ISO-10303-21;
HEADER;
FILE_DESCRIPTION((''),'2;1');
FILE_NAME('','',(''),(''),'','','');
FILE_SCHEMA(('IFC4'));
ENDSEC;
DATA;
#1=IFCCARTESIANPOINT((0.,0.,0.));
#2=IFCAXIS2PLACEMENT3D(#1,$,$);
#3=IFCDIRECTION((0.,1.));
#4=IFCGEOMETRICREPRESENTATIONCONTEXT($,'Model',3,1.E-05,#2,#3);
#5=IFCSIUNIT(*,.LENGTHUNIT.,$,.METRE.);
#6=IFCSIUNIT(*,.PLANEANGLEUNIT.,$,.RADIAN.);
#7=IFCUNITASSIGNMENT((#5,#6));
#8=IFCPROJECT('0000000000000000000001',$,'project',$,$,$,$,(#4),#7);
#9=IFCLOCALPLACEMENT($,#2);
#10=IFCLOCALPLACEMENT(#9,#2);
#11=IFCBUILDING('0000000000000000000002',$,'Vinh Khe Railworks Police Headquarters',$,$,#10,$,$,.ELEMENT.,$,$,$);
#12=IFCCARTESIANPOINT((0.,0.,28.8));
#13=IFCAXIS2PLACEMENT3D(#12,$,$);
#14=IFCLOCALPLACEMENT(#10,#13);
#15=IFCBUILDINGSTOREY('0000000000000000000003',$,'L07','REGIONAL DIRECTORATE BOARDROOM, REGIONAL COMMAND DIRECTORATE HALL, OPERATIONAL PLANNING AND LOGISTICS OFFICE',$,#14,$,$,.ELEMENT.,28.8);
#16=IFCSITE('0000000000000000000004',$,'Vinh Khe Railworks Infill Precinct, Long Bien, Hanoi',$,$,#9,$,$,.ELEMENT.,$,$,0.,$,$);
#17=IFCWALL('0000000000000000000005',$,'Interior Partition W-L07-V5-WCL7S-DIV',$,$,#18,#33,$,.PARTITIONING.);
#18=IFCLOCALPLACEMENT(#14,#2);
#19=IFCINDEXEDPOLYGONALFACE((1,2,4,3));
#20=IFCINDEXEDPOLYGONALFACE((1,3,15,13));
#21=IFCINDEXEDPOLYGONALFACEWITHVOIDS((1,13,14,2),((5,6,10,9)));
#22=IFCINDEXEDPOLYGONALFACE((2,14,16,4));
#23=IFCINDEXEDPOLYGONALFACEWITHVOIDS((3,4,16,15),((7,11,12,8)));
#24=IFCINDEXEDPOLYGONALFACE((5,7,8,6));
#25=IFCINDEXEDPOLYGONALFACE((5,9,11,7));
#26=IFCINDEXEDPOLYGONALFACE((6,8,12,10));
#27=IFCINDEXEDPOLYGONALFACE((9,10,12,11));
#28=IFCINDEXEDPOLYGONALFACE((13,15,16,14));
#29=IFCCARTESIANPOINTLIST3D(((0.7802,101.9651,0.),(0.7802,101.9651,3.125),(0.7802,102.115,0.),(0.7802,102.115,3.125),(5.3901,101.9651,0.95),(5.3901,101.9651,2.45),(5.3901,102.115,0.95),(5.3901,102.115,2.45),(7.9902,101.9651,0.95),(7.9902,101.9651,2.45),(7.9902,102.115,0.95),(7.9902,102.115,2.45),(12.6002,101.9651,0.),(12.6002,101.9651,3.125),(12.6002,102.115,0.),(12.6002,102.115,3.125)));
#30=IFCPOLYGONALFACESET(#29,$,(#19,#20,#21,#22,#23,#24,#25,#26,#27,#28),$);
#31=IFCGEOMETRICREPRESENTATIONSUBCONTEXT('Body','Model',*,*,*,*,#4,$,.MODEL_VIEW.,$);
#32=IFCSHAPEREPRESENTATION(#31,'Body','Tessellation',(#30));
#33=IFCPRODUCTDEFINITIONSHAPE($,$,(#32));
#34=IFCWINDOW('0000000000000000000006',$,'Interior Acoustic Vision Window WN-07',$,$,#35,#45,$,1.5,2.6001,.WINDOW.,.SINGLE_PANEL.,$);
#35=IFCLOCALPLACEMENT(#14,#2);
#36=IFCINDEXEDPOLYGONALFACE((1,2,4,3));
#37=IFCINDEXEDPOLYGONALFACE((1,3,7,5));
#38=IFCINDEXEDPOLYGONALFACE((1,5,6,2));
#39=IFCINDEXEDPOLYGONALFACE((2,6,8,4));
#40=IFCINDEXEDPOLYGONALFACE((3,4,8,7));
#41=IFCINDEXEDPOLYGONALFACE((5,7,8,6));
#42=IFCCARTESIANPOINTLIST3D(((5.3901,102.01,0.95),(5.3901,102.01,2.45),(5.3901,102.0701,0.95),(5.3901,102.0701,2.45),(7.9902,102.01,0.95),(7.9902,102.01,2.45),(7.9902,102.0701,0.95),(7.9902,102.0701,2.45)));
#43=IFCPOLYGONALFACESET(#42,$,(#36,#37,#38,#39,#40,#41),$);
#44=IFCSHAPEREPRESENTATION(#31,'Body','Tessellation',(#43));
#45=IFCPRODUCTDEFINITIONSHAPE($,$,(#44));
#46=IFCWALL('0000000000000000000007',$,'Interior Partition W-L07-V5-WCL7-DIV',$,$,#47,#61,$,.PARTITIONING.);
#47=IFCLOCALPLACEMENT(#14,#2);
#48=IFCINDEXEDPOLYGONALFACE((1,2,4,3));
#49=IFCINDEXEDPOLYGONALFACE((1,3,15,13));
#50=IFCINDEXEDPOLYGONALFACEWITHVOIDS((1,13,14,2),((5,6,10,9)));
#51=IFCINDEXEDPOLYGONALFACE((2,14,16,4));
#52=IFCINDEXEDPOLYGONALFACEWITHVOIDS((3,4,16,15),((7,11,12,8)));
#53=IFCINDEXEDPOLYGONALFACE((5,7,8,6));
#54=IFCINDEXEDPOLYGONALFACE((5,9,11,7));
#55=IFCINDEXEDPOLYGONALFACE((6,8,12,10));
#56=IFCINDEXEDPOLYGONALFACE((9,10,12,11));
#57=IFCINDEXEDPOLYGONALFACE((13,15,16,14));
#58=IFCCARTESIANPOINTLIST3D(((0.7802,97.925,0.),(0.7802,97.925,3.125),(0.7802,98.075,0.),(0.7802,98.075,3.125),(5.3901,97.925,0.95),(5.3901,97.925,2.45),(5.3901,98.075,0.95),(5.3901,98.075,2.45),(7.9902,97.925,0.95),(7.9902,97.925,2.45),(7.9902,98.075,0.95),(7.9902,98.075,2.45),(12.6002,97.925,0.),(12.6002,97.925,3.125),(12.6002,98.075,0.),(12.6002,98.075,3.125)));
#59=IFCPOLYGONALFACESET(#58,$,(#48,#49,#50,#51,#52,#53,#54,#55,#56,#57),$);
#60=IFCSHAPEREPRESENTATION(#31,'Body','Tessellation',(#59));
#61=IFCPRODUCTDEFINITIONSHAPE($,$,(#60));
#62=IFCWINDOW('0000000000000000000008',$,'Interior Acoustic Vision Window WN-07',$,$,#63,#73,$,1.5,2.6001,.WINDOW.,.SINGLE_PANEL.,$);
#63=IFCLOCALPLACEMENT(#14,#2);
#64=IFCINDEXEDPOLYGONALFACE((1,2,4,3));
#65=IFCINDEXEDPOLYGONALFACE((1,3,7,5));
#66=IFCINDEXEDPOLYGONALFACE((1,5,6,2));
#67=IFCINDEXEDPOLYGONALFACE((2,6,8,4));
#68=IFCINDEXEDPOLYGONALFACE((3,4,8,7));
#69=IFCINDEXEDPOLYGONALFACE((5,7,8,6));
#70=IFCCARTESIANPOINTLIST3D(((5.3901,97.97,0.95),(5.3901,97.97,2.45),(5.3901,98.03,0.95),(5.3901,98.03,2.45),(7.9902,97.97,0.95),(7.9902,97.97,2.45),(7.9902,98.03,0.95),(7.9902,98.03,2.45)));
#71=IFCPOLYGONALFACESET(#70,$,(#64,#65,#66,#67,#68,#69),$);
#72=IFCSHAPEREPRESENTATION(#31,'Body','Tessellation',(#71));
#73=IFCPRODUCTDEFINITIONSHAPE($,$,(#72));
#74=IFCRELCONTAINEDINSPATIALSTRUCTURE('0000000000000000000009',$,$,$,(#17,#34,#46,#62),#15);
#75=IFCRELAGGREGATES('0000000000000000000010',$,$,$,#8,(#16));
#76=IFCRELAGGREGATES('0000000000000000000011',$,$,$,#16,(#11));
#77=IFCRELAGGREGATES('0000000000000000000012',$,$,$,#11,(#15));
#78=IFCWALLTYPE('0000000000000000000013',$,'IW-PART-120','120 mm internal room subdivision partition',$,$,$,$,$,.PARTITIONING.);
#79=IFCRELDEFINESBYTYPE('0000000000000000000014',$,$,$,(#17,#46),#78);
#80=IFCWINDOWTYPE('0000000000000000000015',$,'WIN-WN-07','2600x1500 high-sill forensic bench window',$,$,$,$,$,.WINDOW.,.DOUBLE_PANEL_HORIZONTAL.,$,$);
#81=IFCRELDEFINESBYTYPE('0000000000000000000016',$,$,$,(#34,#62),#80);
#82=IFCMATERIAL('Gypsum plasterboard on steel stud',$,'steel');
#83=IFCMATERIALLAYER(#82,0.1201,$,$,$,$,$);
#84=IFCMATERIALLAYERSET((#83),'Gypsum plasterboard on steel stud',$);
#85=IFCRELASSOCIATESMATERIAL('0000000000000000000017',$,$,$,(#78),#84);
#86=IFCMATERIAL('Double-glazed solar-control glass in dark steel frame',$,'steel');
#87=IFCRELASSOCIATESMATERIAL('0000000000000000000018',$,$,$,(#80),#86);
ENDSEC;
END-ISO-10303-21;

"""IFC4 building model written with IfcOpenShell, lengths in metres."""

from ifc_helpers import new_model, si_unit, direction, frame, frame_2d, origin, place, context, subcontext, project, spatial, rectangle, extrude, material, layer, layer_set, type_object, element, fill, save


model = new_model("IFC4")

# Units and contexts
model_context = context("Model", 3, precision=1e-05, world=origin(), true_north=direction((0.0, 1.0)))
body_context = subcontext(model_context, "Body", "Model", "MODEL_VIEW")
ifc_project = project(units=[si_unit("LENGTHUNIT", "METRE"), si_unit("PLANEANGLEUNIT", "RADIAN")], contexts=[model_context])

# Site, building, storey
site_placement = place(None, origin())
site = spatial("IfcSite", under=ifc_project, at=site_placement, Name="Vinh Khe Railworks Infill Precinct, Long Bien, Hanoi", CompositionType="ELEMENT", RefElevation=0.0)
building_placement = place(site_placement, origin())
building = spatial("IfcBuilding", under=site, at=building_placement, Name="Vinh Khe Railworks Police Headquarters", CompositionType="ELEMENT")
storey_placement = place(building_placement, frame((0.0, 0.0, 28.8)))
storey = spatial("IfcBuildingStorey", under=building, at=storey_placement, Name="L07", Description="REGIONAL DIRECTORATE BOARDROOM, REGIONAL COMMAND DIRECTORATE HALL, OPERATIONAL PLANNING AND LOGISTICS OFFICE", CompositionType="ELEMENT", Elevation=28.8)

# Walls, openings, windows
ifc_material_1 = material(Name="Gypsum plasterboard on steel stud", Category="steel")
ifc_layer_1 = layer(ifc_material_1, 0.1201)
ifc_layer_set_1 = layer_set([ifc_layer_1], Name="Gypsum plasterboard on steel stud")
wall_type_1 = type_object("IfcWallType", Name="IW-PART-120", Description="120 mm internal room subdivision partition", PredefinedType="PARTITIONING", material=ifc_layer_set_1)
wall_1_placement = place(storey_placement, frame((0.78, 102.04, 0.0), z_axis=(0.0, 0.0, 1.0), x_axis=(1.0, 0.0, 0.0)))
wall_1 = element("IfcWall", 1, at=wall_1_placement, inside=storey, type_object=wall_type_1, Name="Interior Partition W-L07-V5-WCL7S-DIV", PredefinedType="PARTITIONING", context=body_context, shape_type="SweptSolid", body=[
    extrude(rectangle(XDim=11.8201, YDim=0.1499, at=frame_2d((5.9102, 0.0))), origin(), (0.0, 0.0, 1.0), 3.125),
])
opening_1_placement = place(wall_1_placement, frame((4.6101, 0.0, 0.95)))
opening_1 = element("IfcOpeningElement", 2, at=opening_1_placement, cuts=wall_1, PredefinedType="OPENING", context=body_context, shape_type="SweptSolid", body=[
    extrude(rectangle(XDim=2.6001, YDim=1.5, at=frame_2d((1.3, 0.75))), frame((0.0, 0.0898, 0.0), z_axis=(0.0, -1.0, 0.0), x_axis=(1.0, 0.0, 0.0)), (0.0, 0.0, 1.0), 0.1797),
])
ifc_material_2 = material(Name="Double-glazed solar-control glass in dark steel frame", Category="steel")
window_type = type_object("IfcWindowType", Name="WIN-WN-07", Description="2600x1500 high-sill forensic bench window", PartitioningType="DOUBLE_PANEL_HORIZONTAL", PredefinedType="WINDOW", material=ifc_material_2)
window_1_placement = place(opening_1_placement, origin())
window_1 = element("IfcWindow", 3, at=window_1_placement, inside=storey, type_object=window_type, Name="Interior Acoustic Vision Window WN-07", OverallHeight=1.5, OverallWidth=2.6001, PartitioningType="SINGLE_PANEL", PredefinedType="WINDOW", context=body_context, shape_type="SweptSolid", body=[
    extrude(rectangle(XDim=2.6001, YDim=1.5, at=frame_2d((1.3, 0.75))), frame((0.0, 0.03, 0.0), z_axis=(0.0, -1.0, 0.0), x_axis=(1.0, 0.0, 0.0)), (0.0, 0.0, 1.0), 0.0601),
])
fill(opening_1, window_1)
wall_2_placement = place(storey_placement, frame((0.78, 98.0, 0.0), z_axis=(0.0, 0.0, 1.0), x_axis=(1.0, 0.0, 0.0)))
wall_2 = element("IfcWall", 4, at=wall_2_placement, inside=storey, type_object=wall_type_1, Name="Interior Partition W-L07-V5-WCL7-DIV", PredefinedType="PARTITIONING", context=body_context, shape_type="SweptSolid", body=[
    extrude(rectangle(XDim=11.8201, YDim=0.1499, at=frame_2d((5.9102, 0.0))), origin(), (0.0, 0.0, 1.0), 3.125),
])
opening_2_placement = place(wall_2_placement, frame((4.6101, 0.0, 0.95)))
opening_2 = element("IfcOpeningElement", 5, at=opening_2_placement, cuts=wall_2, PredefinedType="OPENING", context=body_context, shape_type="SweptSolid", body=[
    extrude(rectangle(XDim=2.6001, YDim=1.5, at=frame_2d((1.3, 0.75))), frame((0.0, 0.0898, 0.0), z_axis=(0.0, -1.0, 0.0), x_axis=(1.0, 0.0, 0.0)), (0.0, 0.0, 1.0), 0.1797),
])
window_2_placement = place(opening_2_placement, origin())
window_2 = element("IfcWindow", 6, at=window_2_placement, inside=storey, type_object=window_type, Name="Interior Acoustic Vision Window WN-07", OverallHeight=1.5, OverallWidth=2.6001, PartitioningType="SINGLE_PANEL", PredefinedType="WINDOW", context=body_context, shape_type="SweptSolid", body=[
    extrude(rectangle(XDim=2.6001, YDim=1.5, at=frame_2d((1.3, 0.75))), frame((0.0, 0.03, 0.0), z_axis=(0.0, -1.0, 0.0), x_axis=(1.0, 0.0, 0.0)), (0.0, 0.0, 1.0), 0.0601),
])
fill(opening_2, window_2)

save(model, "model.ifc")
